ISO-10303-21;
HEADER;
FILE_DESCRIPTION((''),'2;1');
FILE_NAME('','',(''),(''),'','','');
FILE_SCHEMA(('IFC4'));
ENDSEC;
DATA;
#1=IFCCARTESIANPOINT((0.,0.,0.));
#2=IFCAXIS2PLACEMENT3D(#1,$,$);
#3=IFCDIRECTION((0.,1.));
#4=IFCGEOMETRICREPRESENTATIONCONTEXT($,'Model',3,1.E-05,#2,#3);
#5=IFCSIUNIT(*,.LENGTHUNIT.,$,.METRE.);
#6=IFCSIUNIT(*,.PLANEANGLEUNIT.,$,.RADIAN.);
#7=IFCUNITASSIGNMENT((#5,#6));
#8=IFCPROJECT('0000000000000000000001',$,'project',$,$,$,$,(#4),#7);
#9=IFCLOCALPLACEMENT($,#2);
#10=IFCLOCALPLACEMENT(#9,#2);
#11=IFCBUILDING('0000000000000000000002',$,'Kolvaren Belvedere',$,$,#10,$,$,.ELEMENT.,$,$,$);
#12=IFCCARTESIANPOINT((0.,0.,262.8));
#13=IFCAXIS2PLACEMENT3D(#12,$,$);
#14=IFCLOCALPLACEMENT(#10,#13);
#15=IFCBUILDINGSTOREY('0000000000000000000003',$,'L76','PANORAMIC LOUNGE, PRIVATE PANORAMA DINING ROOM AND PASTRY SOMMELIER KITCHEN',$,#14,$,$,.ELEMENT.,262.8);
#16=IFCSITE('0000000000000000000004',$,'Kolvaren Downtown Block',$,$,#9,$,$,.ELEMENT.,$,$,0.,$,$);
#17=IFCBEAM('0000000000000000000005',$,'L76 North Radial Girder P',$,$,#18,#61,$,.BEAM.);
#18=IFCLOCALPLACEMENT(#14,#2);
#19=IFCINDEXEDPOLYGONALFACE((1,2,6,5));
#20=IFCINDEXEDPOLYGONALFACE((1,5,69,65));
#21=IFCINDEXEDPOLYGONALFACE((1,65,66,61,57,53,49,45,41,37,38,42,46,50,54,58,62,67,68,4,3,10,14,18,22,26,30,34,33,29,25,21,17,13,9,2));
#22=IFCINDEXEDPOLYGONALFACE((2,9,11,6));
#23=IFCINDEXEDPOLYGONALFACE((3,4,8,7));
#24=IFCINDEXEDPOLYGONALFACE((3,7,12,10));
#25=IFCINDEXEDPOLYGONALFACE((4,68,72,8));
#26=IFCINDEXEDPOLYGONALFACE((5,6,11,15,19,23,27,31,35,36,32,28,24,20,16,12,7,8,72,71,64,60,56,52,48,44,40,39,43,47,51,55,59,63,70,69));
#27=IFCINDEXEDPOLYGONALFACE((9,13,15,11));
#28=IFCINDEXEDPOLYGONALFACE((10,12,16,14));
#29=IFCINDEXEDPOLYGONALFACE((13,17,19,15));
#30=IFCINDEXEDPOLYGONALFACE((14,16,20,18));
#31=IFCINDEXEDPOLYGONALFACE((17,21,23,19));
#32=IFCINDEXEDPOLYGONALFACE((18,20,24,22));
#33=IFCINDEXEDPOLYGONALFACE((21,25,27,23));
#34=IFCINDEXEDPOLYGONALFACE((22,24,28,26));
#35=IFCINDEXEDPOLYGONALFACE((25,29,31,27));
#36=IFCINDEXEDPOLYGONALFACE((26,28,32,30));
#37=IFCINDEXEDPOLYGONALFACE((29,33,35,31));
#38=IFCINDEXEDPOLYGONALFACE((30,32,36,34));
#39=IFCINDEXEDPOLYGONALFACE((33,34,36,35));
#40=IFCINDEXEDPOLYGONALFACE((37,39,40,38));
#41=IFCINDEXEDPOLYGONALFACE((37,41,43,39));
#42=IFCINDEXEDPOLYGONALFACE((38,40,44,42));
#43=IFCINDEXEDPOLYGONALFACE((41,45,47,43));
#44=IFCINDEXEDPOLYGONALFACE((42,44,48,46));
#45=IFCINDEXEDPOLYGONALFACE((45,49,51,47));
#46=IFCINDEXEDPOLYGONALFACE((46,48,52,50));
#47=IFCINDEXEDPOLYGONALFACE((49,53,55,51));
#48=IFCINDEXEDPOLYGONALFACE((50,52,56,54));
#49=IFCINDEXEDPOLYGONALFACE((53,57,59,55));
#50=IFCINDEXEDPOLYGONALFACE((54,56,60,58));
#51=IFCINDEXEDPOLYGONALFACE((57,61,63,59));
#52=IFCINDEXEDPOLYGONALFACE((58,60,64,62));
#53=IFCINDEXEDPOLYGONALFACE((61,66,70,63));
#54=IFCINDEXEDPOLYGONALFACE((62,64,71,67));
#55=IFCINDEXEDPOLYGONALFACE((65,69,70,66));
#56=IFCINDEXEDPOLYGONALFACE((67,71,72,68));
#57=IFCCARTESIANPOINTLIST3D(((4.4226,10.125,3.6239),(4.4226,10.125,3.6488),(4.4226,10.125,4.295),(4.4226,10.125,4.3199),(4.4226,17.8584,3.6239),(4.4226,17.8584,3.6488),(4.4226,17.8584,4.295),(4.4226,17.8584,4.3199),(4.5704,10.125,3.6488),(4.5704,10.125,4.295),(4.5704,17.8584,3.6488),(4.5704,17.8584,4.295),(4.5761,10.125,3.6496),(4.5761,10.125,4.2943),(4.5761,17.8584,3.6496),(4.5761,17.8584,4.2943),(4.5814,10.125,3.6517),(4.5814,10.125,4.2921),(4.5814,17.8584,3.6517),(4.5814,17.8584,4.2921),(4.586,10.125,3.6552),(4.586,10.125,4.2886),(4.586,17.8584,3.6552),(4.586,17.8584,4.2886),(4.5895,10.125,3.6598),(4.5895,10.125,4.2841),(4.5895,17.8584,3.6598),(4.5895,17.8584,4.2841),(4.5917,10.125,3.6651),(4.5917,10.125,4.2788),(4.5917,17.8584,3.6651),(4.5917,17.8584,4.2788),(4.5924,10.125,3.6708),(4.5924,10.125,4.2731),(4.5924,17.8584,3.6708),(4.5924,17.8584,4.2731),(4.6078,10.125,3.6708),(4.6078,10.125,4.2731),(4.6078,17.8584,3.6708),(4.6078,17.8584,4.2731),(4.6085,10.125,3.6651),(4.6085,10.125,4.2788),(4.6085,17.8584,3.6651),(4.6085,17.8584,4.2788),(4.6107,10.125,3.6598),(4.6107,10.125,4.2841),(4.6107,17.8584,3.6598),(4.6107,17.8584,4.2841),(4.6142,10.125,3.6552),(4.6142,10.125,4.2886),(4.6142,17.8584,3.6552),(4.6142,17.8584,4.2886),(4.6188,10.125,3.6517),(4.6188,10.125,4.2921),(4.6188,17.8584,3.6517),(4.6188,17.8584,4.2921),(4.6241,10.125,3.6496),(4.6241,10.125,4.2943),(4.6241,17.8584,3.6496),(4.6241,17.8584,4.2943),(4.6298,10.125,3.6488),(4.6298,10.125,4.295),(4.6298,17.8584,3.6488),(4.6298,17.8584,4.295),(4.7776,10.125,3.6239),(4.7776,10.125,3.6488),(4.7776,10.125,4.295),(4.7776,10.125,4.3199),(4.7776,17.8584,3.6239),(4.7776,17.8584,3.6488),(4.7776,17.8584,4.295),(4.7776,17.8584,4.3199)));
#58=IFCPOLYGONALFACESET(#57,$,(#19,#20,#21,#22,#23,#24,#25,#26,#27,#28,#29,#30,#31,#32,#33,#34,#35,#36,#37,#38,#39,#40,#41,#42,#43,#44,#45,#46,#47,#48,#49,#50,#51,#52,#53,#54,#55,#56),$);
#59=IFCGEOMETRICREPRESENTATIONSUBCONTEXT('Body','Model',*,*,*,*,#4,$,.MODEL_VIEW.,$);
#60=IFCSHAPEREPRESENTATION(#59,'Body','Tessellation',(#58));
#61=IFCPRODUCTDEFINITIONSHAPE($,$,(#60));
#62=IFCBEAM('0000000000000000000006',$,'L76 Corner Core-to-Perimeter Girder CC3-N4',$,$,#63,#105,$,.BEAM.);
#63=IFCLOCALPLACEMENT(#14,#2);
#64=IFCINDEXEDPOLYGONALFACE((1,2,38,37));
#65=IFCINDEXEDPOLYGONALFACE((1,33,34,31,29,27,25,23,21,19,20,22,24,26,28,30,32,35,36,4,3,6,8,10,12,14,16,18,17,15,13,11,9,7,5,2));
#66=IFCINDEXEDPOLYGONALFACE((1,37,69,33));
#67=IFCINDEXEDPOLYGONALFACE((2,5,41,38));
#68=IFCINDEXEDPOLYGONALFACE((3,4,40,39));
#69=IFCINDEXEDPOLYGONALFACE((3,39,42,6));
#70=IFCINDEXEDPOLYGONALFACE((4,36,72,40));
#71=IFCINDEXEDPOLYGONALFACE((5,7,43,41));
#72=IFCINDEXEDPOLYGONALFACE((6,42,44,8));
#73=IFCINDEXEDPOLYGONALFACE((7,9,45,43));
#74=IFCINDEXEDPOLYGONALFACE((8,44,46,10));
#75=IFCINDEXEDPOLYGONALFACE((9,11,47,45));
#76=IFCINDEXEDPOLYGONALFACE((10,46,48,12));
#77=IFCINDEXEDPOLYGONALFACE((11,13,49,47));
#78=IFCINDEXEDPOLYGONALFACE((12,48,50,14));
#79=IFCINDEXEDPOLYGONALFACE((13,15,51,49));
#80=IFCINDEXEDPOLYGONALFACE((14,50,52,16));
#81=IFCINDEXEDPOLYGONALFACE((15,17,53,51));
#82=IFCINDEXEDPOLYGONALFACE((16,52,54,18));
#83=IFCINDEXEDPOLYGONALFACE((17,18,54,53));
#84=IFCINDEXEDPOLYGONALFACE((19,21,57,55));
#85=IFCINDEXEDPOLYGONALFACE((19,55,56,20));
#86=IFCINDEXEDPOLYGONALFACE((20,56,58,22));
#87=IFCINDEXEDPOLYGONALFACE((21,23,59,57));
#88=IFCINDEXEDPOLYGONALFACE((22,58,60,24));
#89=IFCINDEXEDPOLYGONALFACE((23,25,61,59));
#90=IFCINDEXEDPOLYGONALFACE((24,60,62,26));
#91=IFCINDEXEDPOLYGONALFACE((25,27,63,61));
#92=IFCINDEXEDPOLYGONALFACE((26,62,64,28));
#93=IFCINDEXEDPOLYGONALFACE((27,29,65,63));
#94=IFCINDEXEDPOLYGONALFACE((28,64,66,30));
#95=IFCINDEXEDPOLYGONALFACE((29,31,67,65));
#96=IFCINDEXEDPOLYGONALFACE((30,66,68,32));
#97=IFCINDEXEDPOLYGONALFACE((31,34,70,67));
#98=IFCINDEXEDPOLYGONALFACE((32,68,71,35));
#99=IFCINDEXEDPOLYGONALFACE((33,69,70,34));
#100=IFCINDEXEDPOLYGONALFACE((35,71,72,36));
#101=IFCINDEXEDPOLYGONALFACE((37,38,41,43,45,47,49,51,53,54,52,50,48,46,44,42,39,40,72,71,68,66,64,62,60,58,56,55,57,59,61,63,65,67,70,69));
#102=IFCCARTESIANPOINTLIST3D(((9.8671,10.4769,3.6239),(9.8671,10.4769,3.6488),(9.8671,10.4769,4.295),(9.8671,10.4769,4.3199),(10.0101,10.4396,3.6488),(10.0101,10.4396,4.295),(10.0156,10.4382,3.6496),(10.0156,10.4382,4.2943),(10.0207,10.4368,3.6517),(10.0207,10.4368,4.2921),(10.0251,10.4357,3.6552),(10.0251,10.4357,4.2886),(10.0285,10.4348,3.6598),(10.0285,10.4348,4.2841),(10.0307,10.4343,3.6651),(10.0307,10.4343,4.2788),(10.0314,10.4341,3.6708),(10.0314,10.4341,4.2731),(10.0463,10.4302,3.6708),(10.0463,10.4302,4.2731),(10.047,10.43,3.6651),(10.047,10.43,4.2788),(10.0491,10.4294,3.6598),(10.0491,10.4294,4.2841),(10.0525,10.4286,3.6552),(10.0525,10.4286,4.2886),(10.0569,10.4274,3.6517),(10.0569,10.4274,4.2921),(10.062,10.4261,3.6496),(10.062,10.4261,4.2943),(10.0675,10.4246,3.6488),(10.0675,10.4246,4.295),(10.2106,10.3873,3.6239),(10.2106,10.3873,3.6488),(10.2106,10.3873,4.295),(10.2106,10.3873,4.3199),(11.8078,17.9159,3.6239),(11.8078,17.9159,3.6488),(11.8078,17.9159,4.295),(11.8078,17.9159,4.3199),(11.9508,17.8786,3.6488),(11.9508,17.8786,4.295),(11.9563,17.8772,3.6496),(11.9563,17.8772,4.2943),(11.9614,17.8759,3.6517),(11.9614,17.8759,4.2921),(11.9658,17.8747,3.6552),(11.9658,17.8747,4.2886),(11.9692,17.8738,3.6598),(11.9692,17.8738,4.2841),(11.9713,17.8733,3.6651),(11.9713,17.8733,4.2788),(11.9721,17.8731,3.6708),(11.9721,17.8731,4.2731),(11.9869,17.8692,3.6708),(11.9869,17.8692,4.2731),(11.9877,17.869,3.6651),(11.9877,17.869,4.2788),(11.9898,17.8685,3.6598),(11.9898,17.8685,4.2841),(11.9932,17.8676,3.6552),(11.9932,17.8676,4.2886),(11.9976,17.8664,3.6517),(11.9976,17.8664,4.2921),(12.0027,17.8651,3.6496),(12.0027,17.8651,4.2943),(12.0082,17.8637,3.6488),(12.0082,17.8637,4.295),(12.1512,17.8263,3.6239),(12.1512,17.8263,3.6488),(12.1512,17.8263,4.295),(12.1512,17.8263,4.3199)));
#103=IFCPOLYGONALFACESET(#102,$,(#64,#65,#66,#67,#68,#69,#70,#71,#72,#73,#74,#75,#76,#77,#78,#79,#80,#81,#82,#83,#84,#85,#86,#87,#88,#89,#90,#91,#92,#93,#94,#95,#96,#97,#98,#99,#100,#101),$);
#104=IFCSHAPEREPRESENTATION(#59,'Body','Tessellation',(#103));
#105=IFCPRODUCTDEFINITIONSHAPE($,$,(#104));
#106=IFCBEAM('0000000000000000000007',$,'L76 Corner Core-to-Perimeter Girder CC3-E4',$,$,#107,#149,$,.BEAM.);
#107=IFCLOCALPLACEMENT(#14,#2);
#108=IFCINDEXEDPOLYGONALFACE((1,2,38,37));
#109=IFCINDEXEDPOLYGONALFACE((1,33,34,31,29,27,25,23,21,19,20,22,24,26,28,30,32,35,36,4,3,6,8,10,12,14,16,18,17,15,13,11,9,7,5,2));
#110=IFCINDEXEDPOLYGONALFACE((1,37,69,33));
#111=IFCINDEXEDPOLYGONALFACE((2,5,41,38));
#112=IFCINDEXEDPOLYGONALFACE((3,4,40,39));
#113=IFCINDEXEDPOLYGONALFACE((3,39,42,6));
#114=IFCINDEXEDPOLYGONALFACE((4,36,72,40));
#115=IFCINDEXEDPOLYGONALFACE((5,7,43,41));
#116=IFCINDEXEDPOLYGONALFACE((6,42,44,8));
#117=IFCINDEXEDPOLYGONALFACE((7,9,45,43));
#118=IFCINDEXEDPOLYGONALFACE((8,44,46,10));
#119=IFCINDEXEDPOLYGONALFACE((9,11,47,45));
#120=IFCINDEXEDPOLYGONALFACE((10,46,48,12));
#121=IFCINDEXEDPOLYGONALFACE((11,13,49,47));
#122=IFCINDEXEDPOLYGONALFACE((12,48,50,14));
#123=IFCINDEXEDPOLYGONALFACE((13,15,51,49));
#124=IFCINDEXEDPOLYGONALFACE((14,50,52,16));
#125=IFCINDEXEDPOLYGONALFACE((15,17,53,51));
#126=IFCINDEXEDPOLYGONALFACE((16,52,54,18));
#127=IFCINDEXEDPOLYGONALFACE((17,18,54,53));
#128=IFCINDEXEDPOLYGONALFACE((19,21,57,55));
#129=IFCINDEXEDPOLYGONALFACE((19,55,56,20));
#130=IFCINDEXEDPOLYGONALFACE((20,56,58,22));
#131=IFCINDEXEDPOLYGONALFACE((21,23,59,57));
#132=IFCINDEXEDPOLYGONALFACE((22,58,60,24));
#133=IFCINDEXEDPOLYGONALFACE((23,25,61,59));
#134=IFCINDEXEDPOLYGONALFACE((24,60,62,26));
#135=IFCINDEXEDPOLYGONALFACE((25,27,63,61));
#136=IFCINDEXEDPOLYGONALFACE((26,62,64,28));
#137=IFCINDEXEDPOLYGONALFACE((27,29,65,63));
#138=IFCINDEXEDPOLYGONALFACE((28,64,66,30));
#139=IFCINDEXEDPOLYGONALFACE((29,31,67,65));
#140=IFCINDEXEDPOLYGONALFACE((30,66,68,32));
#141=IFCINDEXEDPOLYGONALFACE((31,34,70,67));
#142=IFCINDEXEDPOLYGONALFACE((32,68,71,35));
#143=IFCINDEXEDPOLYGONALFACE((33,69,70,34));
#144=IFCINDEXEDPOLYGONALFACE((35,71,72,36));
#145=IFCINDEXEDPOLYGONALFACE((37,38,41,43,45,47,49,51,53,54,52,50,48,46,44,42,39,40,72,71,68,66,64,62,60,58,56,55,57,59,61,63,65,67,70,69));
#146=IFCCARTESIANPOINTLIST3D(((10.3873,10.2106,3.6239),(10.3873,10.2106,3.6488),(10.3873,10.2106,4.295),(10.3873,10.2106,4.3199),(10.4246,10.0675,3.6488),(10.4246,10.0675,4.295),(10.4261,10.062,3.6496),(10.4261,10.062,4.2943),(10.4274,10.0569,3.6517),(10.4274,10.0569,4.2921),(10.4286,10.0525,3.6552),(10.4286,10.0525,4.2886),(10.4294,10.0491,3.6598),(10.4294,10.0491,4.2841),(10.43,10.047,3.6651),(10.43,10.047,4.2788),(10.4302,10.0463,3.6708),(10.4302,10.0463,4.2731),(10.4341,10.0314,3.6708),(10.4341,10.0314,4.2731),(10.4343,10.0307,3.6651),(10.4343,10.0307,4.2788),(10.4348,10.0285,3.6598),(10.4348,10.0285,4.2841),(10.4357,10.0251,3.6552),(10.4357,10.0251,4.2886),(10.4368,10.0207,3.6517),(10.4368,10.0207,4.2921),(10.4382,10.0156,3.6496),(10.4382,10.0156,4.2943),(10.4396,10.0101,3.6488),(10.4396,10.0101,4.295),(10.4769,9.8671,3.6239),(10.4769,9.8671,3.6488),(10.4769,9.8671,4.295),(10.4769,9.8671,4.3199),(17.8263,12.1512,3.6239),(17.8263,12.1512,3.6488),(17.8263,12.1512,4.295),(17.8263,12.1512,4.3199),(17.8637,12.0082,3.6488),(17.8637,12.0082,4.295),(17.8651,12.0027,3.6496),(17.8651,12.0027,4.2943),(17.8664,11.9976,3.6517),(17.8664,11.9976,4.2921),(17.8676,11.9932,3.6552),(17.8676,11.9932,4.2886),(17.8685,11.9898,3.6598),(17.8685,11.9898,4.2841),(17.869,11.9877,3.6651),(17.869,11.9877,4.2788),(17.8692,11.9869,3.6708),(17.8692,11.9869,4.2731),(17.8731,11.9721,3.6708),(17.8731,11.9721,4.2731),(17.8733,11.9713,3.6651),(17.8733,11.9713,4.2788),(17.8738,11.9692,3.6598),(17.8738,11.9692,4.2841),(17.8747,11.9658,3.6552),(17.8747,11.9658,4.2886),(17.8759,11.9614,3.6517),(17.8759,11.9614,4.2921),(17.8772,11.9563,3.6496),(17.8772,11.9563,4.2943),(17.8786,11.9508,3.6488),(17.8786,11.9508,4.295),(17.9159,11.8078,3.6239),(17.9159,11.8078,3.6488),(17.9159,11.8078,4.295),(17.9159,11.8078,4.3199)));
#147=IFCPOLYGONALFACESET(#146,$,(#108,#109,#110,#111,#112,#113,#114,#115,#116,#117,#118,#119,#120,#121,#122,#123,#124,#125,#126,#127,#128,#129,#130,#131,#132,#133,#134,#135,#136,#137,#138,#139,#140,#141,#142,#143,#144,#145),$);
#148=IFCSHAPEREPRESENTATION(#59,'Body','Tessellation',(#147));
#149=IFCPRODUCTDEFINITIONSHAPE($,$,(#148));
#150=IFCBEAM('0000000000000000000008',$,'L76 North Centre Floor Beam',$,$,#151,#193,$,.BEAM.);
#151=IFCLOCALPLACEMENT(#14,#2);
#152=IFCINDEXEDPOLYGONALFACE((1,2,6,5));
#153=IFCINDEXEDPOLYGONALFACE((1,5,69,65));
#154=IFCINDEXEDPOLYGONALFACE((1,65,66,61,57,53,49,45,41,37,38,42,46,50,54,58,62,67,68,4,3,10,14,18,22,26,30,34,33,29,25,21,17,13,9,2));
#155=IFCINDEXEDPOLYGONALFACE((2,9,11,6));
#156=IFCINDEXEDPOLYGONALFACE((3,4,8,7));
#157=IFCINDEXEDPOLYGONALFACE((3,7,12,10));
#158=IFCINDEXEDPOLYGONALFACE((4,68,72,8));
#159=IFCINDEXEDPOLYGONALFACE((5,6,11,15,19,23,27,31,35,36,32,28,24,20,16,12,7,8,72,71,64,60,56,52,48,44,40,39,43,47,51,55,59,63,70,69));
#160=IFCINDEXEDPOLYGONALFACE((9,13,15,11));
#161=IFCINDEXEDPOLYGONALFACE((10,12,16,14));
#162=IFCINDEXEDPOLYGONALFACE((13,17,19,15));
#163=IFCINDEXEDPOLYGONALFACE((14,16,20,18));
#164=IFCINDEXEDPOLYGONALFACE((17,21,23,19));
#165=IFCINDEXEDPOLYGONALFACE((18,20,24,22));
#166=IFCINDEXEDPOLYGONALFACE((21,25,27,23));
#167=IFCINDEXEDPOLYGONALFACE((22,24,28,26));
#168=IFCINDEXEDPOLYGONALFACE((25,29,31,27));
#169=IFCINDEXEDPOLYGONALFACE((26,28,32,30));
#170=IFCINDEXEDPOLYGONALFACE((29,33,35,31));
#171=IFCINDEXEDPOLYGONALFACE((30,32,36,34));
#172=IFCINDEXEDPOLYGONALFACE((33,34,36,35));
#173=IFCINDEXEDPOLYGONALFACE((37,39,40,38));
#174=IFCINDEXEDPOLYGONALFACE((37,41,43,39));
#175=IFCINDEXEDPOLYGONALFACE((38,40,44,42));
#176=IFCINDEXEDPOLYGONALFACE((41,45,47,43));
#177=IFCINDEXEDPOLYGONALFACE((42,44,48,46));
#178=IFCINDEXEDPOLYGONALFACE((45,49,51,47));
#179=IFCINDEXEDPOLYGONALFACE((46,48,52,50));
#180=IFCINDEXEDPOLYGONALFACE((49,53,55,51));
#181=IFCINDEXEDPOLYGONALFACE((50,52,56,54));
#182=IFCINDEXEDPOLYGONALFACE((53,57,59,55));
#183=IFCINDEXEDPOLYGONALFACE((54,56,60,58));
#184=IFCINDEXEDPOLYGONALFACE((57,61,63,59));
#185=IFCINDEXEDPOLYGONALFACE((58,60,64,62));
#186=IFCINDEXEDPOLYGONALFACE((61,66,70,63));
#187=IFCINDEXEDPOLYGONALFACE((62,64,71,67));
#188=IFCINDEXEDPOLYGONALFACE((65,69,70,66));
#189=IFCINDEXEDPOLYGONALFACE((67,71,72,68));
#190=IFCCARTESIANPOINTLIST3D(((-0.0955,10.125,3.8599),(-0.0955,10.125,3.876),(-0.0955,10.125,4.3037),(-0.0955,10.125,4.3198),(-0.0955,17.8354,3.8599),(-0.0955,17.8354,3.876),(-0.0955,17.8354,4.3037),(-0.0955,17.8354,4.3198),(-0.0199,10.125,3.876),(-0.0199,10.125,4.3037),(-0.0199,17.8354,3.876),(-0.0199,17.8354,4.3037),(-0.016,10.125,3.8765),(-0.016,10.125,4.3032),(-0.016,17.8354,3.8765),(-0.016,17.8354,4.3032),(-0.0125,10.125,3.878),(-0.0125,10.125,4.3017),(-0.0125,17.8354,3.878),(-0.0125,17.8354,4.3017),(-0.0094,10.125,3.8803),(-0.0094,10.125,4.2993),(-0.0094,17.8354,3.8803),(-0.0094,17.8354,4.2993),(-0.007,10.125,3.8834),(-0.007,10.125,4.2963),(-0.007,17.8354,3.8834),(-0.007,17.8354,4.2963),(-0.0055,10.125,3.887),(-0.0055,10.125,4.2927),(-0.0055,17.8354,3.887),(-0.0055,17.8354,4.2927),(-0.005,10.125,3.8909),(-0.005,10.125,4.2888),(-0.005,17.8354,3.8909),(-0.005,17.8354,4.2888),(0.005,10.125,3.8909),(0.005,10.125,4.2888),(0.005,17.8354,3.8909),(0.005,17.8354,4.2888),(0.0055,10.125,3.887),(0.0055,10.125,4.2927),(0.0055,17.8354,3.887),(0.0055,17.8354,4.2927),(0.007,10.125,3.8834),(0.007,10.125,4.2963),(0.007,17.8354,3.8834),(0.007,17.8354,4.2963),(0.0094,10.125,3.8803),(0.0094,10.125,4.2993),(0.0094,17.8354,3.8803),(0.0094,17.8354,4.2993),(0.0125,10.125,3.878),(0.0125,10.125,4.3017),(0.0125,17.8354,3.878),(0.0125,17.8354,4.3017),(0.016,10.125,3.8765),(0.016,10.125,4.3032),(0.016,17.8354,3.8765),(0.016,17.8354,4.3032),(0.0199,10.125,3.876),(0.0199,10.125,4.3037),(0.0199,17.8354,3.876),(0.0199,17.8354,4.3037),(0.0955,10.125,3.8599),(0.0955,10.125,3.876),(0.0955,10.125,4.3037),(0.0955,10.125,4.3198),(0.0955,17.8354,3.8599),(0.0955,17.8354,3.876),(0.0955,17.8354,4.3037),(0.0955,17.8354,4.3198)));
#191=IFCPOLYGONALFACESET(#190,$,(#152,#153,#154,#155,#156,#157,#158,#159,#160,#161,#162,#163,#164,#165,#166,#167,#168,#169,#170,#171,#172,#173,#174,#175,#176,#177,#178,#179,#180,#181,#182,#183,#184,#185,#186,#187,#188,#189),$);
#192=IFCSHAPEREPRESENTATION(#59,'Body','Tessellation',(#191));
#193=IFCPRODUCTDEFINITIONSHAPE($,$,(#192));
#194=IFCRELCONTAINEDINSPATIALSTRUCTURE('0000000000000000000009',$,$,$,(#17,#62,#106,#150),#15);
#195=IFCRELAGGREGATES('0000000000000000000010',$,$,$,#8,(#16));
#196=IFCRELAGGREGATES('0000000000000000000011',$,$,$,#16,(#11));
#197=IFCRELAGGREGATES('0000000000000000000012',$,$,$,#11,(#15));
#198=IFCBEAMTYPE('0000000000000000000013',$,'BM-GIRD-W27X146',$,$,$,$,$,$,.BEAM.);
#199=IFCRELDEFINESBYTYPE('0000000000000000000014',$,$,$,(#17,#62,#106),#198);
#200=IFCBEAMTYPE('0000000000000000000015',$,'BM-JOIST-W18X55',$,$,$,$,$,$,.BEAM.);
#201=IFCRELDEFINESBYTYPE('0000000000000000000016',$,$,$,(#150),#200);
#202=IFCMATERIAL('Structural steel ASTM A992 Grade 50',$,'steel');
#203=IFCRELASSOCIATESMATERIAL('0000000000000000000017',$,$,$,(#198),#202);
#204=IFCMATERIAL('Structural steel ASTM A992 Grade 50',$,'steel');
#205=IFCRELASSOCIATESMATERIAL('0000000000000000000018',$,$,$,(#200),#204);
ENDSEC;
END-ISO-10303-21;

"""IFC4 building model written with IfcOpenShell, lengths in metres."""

from ifc_helpers import new_model, si_unit, direction, frame, origin, origin_2d, place, context, subcontext, project, spatial, i_section, extrude, material, material_profile, profile_set, type_object, element, save


model = new_model("IFC4")

# Units and contexts
model_context = context("Model", 3, precision=1e-05, world=origin(), true_north=direction((0.0, 1.0)))
body_context = subcontext(model_context, "Body", "Model", "MODEL_VIEW")
ifc_project = project(units=[si_unit("LENGTHUNIT", "METRE"), si_unit("PLANEANGLEUNIT", "RADIAN")], contexts=[model_context])

# Site, building, storey
site_placement = place(None, origin())
site = spatial("IfcSite", under=ifc_project, at=site_placement, Name="Kolvaren Downtown Block", CompositionType="ELEMENT", RefElevation=0.0)
building_placement = place(site_placement, origin())
building = spatial("IfcBuilding", under=site, at=building_placement, Name="Kolvaren Belvedere", CompositionType="ELEMENT")
storey_placement = place(building_placement, frame((0.0, 0.0, 262.8)))
storey = spatial("IfcBuildingStorey", under=building, at=storey_placement, Name="L76", Description="PANORAMIC LOUNGE, PRIVATE PANORAMA DINING ROOM AND PASTRY SOMMELIER KITCHEN", CompositionType="ELEMENT", Elevation=262.8)

# Beams
ifc_material_1 = material(Name="Structural steel ASTM A992 Grade 50", Category="steel")
ifc_material_profile_1 = material_profile(ifc_material_1, i_section(OverallWidth=0.355, OverallDepth=0.696, WebThickness=0.0154, FlangeThickness=0.0249, FilletRadius=0.022, at=origin_2d()), Name="W27X146")
ifc_profile_set_1 = profile_set([ifc_material_profile_1], Name="Structural steel ASTM A992 Grade 50")
beam_type_1 = type_object("IfcBeamType", Name="BM-GIRD-W27X146", PredefinedType="BEAM", material=ifc_profile_set_1)
beam_1_placement = place(storey_placement, frame((4.6001, 10.125, 3.9719), z_axis=(0.0, 1.0, 0.0), x_axis=(-1.0, 0.0, 0.0)))
element("IfcBeam", 1, at=beam_1_placement, inside=storey, type_object=beam_type_1, Name="L76 North Radial Girder P", PredefinedType="BEAM", context=body_context, shape_type="SweptSolid", body=[
    extrude(i_section(OverallWidth=0.355, OverallDepth=0.696, WebThickness=0.0154, FlangeThickness=0.0249, FilletRadius=0.022, at=origin_2d()), origin(), (0.0, 0.0, 1.0), 7.7334),
])
for number, where, z_axis, x_axis, name in (
    (2, (10.0388, 10.4321, 3.9719), (0.252431, 0.967615, 0.0), (-0.967615, 0.252431, 0.0), "L76 Corner Core-to-Perimeter Girder CC3-N4"),
    (3, (10.4321, 10.0388, 3.9719), (0.967615, 0.252431, 0.0), (-0.252431, 0.967615, 0.0), "L76 Corner Core-to-Perimeter Girder CC3-E4"),
):
    element("IfcBeam", number, at=place(storey_placement, frame(where, z_axis=z_axis, x_axis=x_axis)), inside=storey, type_object=beam_type_1, Name=name, PredefinedType="BEAM", context=body_context, shape_type="SweptSolid", body=[
        extrude(i_section(OverallWidth=0.355, OverallDepth=0.696, WebThickness=0.0154, FlangeThickness=0.0249, FilletRadius=0.022, at=origin_2d()), origin(), (0.0, 0.0, 1.0), 7.688),
    ])
ifc_material_2 = material(Name="Structural steel ASTM A992 Grade 50", Category="steel")
ifc_material_profile_2 = material_profile(ifc_material_2, i_section(OverallWidth=0.1909, OverallDepth=0.46, WebThickness=0.01, FlangeThickness=0.0161, FilletRadius=0.0149, at=origin_2d()), Name="W18X55")
ifc_profile_set_2 = profile_set([ifc_material_profile_2], Name="Structural steel ASTM A992 Grade 50")
beam_type_2 = type_object("IfcBeamType", Name="BM-JOIST-W18X55", PredefinedType="BEAM", material=ifc_profile_set_2)
beam_2_placement = place(storey_placement, frame((0.0, 10.125, 4.0898), z_axis=(0.0, 1.0, 0.0), x_axis=(-1.0, 0.0, 0.0)))
element("IfcBeam", 4, at=beam_2_placement, inside=storey, type_object=beam_type_2, Name="L76 North Centre Floor Beam", PredefinedType="BEAM", context=body_context, shape_type="SweptSolid", body=[
    extrude(i_section(OverallWidth=0.1909, OverallDepth=0.46, WebThickness=0.01, FlangeThickness=0.0161, FilletRadius=0.0149, at=origin_2d()), origin(), (0.0, 0.0, 1.0), 7.7104),
])

save(model, "model.ifc")
